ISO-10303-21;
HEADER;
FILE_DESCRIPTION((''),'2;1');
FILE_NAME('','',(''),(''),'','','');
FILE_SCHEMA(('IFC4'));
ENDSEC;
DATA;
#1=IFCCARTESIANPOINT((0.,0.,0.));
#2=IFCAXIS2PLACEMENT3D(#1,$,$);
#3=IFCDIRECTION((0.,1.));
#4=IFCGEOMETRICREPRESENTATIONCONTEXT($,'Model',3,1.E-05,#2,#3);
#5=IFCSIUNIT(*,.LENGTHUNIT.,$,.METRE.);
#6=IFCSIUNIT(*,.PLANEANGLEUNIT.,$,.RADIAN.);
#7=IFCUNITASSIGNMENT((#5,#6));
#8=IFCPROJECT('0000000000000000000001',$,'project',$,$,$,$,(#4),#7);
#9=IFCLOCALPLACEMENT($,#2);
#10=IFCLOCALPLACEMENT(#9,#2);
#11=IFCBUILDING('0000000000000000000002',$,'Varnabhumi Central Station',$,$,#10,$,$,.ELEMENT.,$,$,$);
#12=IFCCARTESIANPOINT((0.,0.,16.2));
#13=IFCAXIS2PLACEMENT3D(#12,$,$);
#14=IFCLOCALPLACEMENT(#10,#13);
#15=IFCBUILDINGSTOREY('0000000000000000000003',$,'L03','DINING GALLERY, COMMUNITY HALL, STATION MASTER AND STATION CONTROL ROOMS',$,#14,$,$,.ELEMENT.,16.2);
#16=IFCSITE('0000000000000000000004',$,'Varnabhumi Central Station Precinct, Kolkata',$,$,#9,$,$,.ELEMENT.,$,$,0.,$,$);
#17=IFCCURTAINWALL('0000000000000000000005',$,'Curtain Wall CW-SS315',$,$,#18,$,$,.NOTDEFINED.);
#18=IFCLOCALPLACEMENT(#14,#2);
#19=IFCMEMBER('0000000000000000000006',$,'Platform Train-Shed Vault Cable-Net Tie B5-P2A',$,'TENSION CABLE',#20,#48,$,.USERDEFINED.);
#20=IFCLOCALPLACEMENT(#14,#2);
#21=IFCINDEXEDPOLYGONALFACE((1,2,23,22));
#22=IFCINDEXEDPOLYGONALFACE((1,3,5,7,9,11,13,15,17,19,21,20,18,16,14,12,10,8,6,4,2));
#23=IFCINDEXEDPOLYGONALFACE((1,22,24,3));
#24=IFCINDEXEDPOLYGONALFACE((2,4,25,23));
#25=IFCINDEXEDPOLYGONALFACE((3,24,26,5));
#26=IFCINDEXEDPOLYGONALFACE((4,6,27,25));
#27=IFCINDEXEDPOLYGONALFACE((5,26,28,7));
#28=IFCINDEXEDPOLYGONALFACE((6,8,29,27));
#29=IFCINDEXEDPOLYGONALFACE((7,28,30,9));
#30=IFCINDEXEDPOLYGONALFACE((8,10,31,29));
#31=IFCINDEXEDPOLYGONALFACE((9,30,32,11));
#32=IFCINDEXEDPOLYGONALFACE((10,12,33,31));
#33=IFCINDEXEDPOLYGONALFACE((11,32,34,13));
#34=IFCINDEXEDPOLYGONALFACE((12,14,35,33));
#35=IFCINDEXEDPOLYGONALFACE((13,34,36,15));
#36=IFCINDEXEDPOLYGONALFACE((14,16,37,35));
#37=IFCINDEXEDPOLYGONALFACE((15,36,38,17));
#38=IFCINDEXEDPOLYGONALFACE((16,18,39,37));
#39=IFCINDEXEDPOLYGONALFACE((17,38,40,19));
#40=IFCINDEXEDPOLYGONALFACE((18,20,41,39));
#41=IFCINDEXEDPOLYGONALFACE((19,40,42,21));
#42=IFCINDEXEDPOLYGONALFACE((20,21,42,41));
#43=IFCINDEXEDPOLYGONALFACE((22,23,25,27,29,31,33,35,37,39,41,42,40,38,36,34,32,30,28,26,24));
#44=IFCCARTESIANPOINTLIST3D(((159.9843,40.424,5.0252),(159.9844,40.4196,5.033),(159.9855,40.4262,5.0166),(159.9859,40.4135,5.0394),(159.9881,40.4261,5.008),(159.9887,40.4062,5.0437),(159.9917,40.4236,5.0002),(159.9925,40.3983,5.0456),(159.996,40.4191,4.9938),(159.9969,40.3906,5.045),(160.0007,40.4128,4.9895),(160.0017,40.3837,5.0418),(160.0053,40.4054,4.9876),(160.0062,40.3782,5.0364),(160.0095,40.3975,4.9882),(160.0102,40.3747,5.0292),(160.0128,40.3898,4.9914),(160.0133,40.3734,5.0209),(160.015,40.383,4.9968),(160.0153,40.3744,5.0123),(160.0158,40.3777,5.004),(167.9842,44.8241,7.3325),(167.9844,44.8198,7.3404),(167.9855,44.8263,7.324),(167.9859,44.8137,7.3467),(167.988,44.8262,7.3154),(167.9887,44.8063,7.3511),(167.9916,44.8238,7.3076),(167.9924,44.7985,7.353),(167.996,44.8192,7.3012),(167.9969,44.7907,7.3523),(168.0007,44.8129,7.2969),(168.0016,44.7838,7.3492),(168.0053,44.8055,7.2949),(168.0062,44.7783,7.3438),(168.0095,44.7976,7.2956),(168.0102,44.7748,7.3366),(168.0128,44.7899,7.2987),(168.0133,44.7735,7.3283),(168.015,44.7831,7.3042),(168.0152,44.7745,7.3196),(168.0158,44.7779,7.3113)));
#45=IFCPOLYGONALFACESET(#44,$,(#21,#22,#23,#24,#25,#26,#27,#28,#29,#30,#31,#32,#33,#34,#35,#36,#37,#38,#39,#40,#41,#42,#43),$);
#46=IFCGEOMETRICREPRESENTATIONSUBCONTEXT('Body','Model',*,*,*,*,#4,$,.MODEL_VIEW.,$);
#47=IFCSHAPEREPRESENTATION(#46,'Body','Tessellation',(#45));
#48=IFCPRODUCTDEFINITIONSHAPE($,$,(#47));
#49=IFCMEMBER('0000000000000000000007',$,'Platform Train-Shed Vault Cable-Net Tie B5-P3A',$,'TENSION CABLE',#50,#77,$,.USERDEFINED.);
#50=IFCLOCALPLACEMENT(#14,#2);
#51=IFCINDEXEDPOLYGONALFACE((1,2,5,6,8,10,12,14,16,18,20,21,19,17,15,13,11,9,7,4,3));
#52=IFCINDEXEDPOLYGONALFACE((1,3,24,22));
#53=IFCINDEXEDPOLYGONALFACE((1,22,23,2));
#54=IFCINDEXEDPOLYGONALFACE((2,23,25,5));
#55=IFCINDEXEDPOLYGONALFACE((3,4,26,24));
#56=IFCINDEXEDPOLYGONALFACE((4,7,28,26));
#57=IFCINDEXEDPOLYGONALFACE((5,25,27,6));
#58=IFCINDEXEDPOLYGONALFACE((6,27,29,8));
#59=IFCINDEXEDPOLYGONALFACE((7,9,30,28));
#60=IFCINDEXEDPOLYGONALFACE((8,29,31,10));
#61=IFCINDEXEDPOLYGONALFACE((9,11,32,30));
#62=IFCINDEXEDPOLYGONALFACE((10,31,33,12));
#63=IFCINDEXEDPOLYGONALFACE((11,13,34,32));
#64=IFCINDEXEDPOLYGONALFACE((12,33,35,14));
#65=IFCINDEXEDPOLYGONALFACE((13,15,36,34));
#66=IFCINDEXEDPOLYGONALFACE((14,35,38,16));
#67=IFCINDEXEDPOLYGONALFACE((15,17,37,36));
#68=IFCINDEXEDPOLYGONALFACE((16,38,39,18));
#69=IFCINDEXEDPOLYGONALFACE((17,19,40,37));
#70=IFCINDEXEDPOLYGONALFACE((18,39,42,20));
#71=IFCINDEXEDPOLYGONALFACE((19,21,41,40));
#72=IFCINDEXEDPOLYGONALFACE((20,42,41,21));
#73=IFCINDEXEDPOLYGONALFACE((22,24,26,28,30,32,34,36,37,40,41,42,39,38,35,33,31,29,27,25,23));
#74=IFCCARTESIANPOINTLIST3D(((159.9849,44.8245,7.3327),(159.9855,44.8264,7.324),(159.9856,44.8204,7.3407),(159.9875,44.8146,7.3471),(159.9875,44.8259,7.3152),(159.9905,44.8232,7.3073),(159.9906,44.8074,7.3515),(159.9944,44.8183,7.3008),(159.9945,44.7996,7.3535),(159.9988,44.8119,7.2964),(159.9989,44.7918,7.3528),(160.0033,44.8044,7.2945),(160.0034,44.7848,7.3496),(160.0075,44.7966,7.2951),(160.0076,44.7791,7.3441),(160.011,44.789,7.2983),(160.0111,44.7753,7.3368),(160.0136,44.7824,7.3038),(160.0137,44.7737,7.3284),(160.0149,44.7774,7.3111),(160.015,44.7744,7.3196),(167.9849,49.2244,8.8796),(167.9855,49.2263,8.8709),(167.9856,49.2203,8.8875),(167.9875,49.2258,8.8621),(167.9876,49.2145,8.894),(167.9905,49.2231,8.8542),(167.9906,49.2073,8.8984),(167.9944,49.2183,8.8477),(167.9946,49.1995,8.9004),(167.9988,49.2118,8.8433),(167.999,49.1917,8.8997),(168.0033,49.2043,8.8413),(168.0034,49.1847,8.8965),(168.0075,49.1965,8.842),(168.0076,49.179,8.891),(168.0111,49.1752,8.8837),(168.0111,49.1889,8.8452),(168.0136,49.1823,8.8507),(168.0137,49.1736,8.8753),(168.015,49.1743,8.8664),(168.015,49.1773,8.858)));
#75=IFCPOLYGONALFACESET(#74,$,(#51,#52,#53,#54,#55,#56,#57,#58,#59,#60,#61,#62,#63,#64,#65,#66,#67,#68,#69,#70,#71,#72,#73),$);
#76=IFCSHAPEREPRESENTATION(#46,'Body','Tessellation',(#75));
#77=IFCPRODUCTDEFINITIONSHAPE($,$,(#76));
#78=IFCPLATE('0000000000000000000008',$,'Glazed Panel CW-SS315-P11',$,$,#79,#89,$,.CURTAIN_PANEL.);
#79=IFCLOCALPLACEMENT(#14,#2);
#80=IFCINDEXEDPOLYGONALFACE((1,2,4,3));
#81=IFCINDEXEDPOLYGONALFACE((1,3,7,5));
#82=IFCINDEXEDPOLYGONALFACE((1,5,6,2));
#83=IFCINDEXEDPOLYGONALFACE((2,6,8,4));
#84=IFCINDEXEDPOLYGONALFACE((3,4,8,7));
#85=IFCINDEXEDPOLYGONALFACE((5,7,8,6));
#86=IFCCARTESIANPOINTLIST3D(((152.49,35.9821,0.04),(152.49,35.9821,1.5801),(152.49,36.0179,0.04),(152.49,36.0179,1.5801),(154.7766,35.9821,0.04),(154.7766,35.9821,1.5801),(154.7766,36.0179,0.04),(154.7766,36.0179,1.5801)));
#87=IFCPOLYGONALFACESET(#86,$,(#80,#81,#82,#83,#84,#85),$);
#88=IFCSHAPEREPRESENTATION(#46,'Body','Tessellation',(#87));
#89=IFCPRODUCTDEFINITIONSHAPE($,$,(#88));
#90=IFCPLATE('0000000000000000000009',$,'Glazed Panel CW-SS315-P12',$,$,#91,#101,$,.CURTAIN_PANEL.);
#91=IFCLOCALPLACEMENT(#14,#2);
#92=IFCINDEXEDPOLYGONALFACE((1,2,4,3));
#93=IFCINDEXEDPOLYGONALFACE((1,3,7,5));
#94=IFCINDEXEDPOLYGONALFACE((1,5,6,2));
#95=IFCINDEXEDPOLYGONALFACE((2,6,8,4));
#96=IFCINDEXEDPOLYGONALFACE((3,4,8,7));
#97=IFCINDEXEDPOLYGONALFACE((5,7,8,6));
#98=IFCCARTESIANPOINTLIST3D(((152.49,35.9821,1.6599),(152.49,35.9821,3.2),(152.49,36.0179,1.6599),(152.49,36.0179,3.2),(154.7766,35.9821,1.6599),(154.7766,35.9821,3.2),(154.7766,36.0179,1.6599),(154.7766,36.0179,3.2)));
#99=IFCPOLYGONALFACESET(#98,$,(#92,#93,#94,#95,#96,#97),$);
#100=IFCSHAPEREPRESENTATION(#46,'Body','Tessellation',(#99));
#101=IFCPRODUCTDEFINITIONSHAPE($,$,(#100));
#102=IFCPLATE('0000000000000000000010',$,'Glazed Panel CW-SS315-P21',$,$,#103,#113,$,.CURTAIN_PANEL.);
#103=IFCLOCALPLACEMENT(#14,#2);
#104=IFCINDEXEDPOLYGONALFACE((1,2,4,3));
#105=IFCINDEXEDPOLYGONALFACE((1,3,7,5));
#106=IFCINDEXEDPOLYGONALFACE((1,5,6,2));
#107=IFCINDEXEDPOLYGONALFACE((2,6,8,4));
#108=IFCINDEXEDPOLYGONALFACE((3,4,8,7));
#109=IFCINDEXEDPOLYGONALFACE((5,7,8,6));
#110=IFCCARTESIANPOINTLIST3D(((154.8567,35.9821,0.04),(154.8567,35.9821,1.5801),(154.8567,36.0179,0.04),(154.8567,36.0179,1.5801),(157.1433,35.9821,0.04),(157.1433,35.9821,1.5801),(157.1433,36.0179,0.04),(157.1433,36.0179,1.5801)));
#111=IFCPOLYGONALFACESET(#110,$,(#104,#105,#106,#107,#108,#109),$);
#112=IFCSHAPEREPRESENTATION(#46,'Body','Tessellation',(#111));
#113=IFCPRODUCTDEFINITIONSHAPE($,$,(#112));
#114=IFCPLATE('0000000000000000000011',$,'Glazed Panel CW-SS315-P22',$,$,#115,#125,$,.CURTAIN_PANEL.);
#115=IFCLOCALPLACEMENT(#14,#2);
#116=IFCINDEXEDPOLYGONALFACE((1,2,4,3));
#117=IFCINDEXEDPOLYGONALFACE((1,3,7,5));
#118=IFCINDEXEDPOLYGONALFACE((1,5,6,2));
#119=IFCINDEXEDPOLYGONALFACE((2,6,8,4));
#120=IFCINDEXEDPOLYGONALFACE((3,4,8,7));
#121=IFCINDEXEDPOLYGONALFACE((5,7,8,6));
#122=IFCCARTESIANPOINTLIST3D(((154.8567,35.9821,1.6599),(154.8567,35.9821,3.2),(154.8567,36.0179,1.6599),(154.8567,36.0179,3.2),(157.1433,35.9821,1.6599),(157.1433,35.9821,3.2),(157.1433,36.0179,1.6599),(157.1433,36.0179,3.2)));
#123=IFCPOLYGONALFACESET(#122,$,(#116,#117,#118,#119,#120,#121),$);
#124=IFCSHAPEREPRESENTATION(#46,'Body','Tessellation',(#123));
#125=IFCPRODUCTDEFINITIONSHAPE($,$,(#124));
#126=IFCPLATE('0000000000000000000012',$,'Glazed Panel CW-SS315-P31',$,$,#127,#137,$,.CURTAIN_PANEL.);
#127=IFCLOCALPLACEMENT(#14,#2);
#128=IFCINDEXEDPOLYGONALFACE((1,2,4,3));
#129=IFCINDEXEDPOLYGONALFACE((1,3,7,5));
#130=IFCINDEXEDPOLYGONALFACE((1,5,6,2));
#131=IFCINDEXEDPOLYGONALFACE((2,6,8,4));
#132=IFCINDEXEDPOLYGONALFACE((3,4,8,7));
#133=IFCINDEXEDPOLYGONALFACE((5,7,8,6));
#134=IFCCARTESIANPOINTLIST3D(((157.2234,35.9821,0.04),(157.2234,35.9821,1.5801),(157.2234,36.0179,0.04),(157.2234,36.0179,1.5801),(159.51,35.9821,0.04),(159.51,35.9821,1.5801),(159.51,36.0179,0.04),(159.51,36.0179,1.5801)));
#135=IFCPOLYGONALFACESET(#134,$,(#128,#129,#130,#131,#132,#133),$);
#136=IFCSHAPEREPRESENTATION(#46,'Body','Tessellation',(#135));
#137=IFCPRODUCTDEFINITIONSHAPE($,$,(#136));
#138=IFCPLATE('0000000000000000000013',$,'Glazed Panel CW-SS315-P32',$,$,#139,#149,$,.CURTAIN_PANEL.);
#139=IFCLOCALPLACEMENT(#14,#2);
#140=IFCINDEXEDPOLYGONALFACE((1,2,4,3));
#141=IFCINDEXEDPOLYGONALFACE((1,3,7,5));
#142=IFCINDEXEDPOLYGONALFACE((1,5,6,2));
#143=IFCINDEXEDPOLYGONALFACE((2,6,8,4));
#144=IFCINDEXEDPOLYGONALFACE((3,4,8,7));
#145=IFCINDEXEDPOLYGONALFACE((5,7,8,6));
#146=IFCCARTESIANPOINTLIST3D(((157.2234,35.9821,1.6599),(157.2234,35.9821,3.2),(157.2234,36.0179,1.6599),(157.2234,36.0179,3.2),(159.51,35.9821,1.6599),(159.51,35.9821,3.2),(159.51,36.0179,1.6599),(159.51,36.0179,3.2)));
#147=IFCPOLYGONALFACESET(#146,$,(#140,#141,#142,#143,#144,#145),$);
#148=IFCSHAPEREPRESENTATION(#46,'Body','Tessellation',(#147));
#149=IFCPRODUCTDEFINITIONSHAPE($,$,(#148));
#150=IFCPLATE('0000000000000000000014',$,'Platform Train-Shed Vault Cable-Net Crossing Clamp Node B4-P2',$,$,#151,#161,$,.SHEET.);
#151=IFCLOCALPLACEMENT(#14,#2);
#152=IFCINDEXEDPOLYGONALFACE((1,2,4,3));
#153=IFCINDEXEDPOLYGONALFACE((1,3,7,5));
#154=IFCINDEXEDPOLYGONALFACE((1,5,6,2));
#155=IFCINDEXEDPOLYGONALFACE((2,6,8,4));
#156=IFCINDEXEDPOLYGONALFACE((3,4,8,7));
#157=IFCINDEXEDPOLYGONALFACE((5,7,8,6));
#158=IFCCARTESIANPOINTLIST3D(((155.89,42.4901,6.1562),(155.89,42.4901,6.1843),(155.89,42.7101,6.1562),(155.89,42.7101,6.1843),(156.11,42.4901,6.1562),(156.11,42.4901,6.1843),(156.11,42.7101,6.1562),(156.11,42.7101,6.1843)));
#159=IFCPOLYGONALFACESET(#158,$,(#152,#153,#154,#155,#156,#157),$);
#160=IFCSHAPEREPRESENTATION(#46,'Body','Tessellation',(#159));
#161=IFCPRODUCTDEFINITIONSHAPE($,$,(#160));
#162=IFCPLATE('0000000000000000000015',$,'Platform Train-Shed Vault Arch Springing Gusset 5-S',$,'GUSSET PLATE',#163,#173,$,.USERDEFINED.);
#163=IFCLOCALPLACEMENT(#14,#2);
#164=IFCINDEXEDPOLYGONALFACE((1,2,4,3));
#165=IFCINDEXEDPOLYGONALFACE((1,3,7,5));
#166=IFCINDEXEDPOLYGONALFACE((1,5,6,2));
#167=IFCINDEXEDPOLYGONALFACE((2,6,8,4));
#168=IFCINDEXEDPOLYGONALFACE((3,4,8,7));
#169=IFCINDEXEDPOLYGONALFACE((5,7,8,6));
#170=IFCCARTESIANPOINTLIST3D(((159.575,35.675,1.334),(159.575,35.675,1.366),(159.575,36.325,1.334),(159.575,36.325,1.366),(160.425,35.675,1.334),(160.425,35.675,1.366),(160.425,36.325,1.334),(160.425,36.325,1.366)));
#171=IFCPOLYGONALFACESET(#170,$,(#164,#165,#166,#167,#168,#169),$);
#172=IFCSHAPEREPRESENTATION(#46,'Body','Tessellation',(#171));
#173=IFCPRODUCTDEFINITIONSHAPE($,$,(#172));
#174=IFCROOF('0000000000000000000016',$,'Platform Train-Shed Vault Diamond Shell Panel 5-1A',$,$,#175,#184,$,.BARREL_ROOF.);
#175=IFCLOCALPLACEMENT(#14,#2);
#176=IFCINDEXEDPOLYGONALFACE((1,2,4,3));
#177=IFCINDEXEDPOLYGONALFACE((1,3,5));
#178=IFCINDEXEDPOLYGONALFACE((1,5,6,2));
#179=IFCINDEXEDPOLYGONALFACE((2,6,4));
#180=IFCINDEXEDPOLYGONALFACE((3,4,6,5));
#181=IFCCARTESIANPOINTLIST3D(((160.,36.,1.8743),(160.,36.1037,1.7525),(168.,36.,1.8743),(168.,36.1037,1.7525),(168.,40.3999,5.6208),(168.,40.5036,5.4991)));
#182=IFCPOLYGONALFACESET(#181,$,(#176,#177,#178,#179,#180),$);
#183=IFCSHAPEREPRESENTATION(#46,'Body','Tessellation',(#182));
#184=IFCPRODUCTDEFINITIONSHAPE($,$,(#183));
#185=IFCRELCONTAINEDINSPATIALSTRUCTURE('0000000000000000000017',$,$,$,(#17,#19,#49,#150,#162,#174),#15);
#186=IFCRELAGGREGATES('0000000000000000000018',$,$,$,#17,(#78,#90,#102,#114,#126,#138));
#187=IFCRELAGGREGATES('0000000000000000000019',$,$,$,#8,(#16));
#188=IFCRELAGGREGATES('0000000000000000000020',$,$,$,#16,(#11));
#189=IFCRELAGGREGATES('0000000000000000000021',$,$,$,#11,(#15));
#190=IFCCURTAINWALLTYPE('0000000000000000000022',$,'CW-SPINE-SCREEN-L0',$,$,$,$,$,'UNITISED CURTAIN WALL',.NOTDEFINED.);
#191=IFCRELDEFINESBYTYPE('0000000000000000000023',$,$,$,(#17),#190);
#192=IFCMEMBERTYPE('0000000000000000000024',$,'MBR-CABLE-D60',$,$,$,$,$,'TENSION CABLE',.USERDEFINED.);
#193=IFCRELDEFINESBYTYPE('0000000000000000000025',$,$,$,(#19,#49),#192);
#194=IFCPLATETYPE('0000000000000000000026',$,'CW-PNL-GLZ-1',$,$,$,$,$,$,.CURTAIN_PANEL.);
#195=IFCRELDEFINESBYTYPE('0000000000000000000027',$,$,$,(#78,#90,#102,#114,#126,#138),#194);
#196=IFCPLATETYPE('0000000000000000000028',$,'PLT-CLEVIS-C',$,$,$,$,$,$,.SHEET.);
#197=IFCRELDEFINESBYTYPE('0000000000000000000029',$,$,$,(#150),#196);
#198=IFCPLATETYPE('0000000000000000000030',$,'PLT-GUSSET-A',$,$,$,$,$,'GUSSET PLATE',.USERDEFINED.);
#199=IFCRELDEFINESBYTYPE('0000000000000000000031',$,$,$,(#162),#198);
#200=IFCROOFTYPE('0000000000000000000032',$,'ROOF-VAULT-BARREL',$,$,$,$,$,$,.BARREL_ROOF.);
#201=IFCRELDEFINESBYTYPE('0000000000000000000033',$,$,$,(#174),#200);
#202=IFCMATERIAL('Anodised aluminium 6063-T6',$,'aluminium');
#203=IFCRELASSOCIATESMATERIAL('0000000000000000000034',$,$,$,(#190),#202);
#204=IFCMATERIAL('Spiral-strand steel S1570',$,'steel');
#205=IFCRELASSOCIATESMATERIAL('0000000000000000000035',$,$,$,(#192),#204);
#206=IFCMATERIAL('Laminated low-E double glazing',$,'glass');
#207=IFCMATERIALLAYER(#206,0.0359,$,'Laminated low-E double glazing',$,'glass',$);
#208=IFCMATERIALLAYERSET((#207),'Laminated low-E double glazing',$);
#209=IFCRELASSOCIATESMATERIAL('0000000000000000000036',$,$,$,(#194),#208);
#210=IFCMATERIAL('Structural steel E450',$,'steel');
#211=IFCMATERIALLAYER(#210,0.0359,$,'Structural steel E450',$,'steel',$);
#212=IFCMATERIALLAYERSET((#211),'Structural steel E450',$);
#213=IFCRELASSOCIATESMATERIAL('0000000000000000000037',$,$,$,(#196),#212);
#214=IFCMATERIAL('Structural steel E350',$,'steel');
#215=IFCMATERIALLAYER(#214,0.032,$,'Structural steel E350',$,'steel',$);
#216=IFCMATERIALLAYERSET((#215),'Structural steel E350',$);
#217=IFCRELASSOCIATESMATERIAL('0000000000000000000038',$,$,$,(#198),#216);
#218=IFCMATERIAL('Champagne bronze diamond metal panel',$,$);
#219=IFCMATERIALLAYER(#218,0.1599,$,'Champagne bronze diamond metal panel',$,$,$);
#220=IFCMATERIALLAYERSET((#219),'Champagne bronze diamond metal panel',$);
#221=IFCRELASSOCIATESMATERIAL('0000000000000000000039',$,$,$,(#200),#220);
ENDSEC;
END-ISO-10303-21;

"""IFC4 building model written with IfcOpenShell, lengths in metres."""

from ifc_helpers import new_model, si_unit, direction, frame, origin, origin_2d, place, context, subcontext, project, spatial, polyline, rectangle, circle, outline, extrude, material, layer, layer_set, material_profile, profile_set, type_object, element, aggregate, save


model = new_model("IFC4")

# Units and contexts
model_context = context("Model", 3, precision=1e-05, world=origin(), true_north=direction((0.0, 1.0)))
body_context = subcontext(model_context, "Body", "Model", "MODEL_VIEW")
ifc_project = project(units=[si_unit("LENGTHUNIT", "METRE"), si_unit("PLANEANGLEUNIT", "RADIAN")], contexts=[model_context])

# Site, building, storey
site_placement = place(None, origin())
site = spatial("IfcSite", under=ifc_project, at=site_placement, Name="Varnabhumi Central Station Precinct, Kolkata", CompositionType="ELEMENT", RefElevation=0.0)
building_placement = place(site_placement, origin())
building = spatial("IfcBuilding", under=site, at=building_placement, Name="Varnabhumi Central Station", CompositionType="ELEMENT")
storey_placement = place(building_placement, frame((0.0, 0.0, 16.2)))
storey = spatial("IfcBuildingStorey", under=building, at=storey_placement, Name="L03", Description="DINING GALLERY, COMMUNITY HALL, STATION MASTER AND STATION CONTROL ROOMS", CompositionType="ELEMENT", Elevation=16.2)

# Shared definitions
ifc_material_1 = material(Name="Structural steel E450", Category="steel")
ifc_material_2 = material(Name="Structural steel E350", Category="steel")

# Curtain wall
ifc_material_3 = material(Name="Anodised aluminium 6063-T6", Category="aluminium")
curtain_wall_type = type_object("IfcCurtainWallType", Name="CW-SPINE-SCREEN-L0", ElementType="UNITISED CURTAIN WALL", PredefinedType="NOTDEFINED", material=ifc_material_3)
curtain_wall_placement = place(storey_placement, origin())
curtain_wall = element("IfcCurtainWall", 1, at=curtain_wall_placement, inside=storey, type_object=curtain_wall_type, Name="Curtain Wall CW-SS315", PredefinedType="NOTDEFINED")

# Members
ifc_material_4 = material(Name="Spiral-strand steel S1570", Category="steel")
ifc_material_profile_1 = material_profile(ifc_material_4, circle(Radius=0.03, at=origin_2d()), Name="Spiral-strand steel S1570", Category="steel")
ifc_profile_set_1 = profile_set([ifc_material_profile_1], Name="Spiral-strand steel S1570")
member_type_1 = type_object("IfcMemberType", Name="MBR-CABLE-D60", ElementType="TENSION CABLE", PredefinedType="USERDEFINED", material=ifc_profile_set_1)
member_1_placement = place(storey_placement, frame((160.0, 40.3999, 5.0166), z_axis=(0.849502, 0.467242, 0.245015), x_axis=(-0.481931, 0.876209, 0.0)))
element("IfcMember", 2, at=member_1_placement, inside=storey, type_object=member_type_1, Name="Platform Train-Shed Vault Cable-Net Tie B5-P2A", ObjectType="TENSION CABLE", PredefinedType="USERDEFINED", context=body_context, shape_type="SweptSolid", body=[
    extrude(circle(Radius=0.03, at=origin_2d()), origin(), (0.0, 0.0, 1.0), 9.4172),
])
member_2_placement = place(storey_placement, frame((160.0, 44.8, 7.324), z_axis=(0.863909, 0.475139, 0.167045), x_axis=(-0.481911, 0.87622, 0.0)))
element("IfcMember", 3, at=member_2_placement, inside=storey, type_object=member_type_1, Name="Platform Train-Shed Vault Cable-Net Tie B5-P3A", ObjectType="TENSION CABLE", PredefinedType="USERDEFINED", context=body_context, shape_type="SweptSolid", body=[
    extrude(circle(Radius=0.03, at=origin_2d()), origin(), (0.0, 0.0, 1.0), 9.2603),
])

# Plates
ifc_material_5 = material(Name="Laminated low-E double glazing", Category="glass")
ifc_layer_1 = layer(ifc_material_5, 0.0359, Name="Laminated low-E double glazing", Category="glass")
ifc_layer_set_1 = layer_set([ifc_layer_1], Name="Laminated low-E double glazing")
plate_type_1 = type_object("IfcPlateType", Name="CW-PNL-GLZ-1", PredefinedType="CURTAIN_PANEL", material=ifc_layer_set_1)
plate_1_placement = place(storey_placement, frame((153.6333, 36.0, 0.04), z_axis=(0.0, 0.0, 1.0), x_axis=(1.0, 0.0, 0.0)))
plate_1 = element("IfcPlate", 4, at=plate_1_placement, type_object=plate_type_1, Name="Glazed Panel CW-SS315-P11", PredefinedType="CURTAIN_PANEL", context=body_context, shape_type="SweptSolid", body=[
    extrude(rectangle(XDim=2.2866, YDim=0.0359, at=origin_2d()), origin(), (0.0, 0.0, 1.0), 1.54),
])
plate_2_placement = place(storey_placement, frame((153.6333, 36.0, 1.6599), z_axis=(0.0, 0.0, 1.0), x_axis=(1.0, 0.0, 0.0)))
plate_2 = element("IfcPlate", 5, at=plate_2_placement, type_object=plate_type_1, Name="Glazed Panel CW-SS315-P12", PredefinedType="CURTAIN_PANEL", context=body_context, shape_type="SweptSolid", body=[
    extrude(rectangle(XDim=2.2866, YDim=0.0359, at=origin_2d()), origin(), (0.0, 0.0, 1.0), 1.54),
])
plate_3_placement = place(storey_placement, frame((156.0, 36.0, 0.04), z_axis=(0.0, 0.0, 1.0), x_axis=(1.0, 0.0, 0.0)))
plate_3 = element("IfcPlate", 6, at=plate_3_placement, type_object=plate_type_1, Name="Glazed Panel CW-SS315-P21", PredefinedType="CURTAIN_PANEL", context=body_context, shape_type="SweptSolid", body=[
    extrude(rectangle(XDim=2.2866, YDim=0.0359, at=origin_2d()), origin(), (0.0, 0.0, 1.0), 1.54),
])
plate_4_placement = place(storey_placement, frame((156.0, 36.0, 1.6599), z_axis=(0.0, 0.0, 1.0), x_axis=(1.0, 0.0, 0.0)))
plate_4 = element("IfcPlate", 7, at=plate_4_placement, type_object=plate_type_1, Name="Glazed Panel CW-SS315-P22", PredefinedType="CURTAIN_PANEL", context=body_context, shape_type="SweptSolid", body=[
    extrude(rectangle(XDim=2.2866, YDim=0.0359, at=origin_2d()), origin(), (0.0, 0.0, 1.0), 1.54),
])
plate_5_placement = place(storey_placement, frame((158.3667, 36.0, 0.04), z_axis=(0.0, 0.0, 1.0), x_axis=(1.0, 0.0, 0.0)))
plate_5 = element("IfcPlate", 8, at=plate_5_placement, type_object=plate_type_1, Name="Glazed Panel CW-SS315-P31", PredefinedType="CURTAIN_PANEL", context=body_context, shape_type="SweptSolid", body=[
    extrude(rectangle(XDim=2.2866, YDim=0.0359, at=origin_2d()), origin(), (0.0, 0.0, 1.0), 1.54),
])
plate_6_placement = place(storey_placement, frame((158.3667, 36.0, 1.6599), z_axis=(0.0, 0.0, 1.0), x_axis=(1.0, 0.0, 0.0)))
plate_6 = element("IfcPlate", 9, at=plate_6_placement, type_object=plate_type_1, Name="Glazed Panel CW-SS315-P32", PredefinedType="CURTAIN_PANEL", context=body_context, shape_type="SweptSolid", body=[
    extrude(rectangle(XDim=2.2866, YDim=0.0359, at=origin_2d()), origin(), (0.0, 0.0, 1.0), 1.54),
])
aggregate(curtain_wall, [plate_1, plate_2, plate_3, plate_4, plate_5, plate_6])

# Plates
ifc_layer_2 = layer(ifc_material_1, 0.0359, Name="Structural steel E450", Category="steel")
ifc_layer_set_2 = layer_set([ifc_layer_2], Name="Structural steel E450")
plate_type_2 = type_object("IfcPlateType", Name="PLT-CLEVIS-C", PredefinedType="SHEET", material=ifc_layer_set_2)
plate_7_placement = place(storey_placement, frame((156.0, 42.6001, 6.1562), z_axis=(0.0, 0.0, 1.0), x_axis=(1.0, 0.0, 0.0)))
element("IfcPlate", 10, at=plate_7_placement, inside=storey, type_object=plate_type_2, Name="Platform Train-Shed Vault Cable-Net Crossing Clamp Node B4-P2", PredefinedType="SHEET", context=body_context, shape_type="SweptSolid", body=[
    extrude(rectangle(XDim=0.22, YDim=0.22, at=origin_2d()), origin(), (0.0, 0.0, 1.0), 0.0281),
])
ifc_layer_3 = layer(ifc_material_2, 0.032, Name="Structural steel E350", Category="steel")
ifc_layer_set_3 = layer_set([ifc_layer_3], Name="Structural steel E350")
plate_type_3 = type_object("IfcPlateType", Name="PLT-GUSSET-A", ElementType="GUSSET PLATE", PredefinedType="USERDEFINED", material=ifc_layer_set_3)
plate_8_placement = place(storey_placement, frame((160.0, 36.0, 1.334), z_axis=(0.0, 0.0, 1.0), x_axis=(1.0, 0.0, 0.0)))
element("IfcPlate", 11, at=plate_8_placement, inside=storey, type_object=plate_type_3, Name="Platform Train-Shed Vault Arch Springing Gusset 5-S", ObjectType="GUSSET PLATE", PredefinedType="USERDEFINED", context=body_context, shape_type="SweptSolid", body=[
    extrude(rectangle(XDim=0.8501, YDim=0.6499, at=origin_2d()), origin(), (0.0, 0.0, 1.0), 0.032),
])

# Roof
ifc_material_6 = material(Name="Champagne bronze diamond metal panel")
ifc_layer_4 = layer(ifc_material_6, 0.1599, Name="Champagne bronze diamond metal panel")
ifc_layer_set_4 = layer_set([ifc_layer_4], Name="Champagne bronze diamond metal panel")
roof_type = type_object("IfcRoofType", Name="ROOF-VAULT-BARREL", PredefinedType="BARREL_ROOF", material=ifc_layer_set_4)
roof_1_placement = place(storey_placement, frame((160.0, 36.0, 1.8743), z_axis=(0.0, -0.648318, 0.76137), x_axis=(1.0, 0.0, 0.0)))
element("IfcRoof", 12, at=roof_1_placement, inside=storey, type_object=roof_type, Name="Platform Train-Shed Vault Diamond Shell Panel 5-1A", PredefinedType="BARREL_ROOF", context=body_context, shape_type="SweptSolid", body=[
    extrude(outline(polyline([(0.0, 0.0), (8.0, 0.0), (8.0, 5.7789), (0.0, 0.0)])), origin(), (0.0, 0.0, -1.0), 0.1599),
])

save(model, "model.ifc")
